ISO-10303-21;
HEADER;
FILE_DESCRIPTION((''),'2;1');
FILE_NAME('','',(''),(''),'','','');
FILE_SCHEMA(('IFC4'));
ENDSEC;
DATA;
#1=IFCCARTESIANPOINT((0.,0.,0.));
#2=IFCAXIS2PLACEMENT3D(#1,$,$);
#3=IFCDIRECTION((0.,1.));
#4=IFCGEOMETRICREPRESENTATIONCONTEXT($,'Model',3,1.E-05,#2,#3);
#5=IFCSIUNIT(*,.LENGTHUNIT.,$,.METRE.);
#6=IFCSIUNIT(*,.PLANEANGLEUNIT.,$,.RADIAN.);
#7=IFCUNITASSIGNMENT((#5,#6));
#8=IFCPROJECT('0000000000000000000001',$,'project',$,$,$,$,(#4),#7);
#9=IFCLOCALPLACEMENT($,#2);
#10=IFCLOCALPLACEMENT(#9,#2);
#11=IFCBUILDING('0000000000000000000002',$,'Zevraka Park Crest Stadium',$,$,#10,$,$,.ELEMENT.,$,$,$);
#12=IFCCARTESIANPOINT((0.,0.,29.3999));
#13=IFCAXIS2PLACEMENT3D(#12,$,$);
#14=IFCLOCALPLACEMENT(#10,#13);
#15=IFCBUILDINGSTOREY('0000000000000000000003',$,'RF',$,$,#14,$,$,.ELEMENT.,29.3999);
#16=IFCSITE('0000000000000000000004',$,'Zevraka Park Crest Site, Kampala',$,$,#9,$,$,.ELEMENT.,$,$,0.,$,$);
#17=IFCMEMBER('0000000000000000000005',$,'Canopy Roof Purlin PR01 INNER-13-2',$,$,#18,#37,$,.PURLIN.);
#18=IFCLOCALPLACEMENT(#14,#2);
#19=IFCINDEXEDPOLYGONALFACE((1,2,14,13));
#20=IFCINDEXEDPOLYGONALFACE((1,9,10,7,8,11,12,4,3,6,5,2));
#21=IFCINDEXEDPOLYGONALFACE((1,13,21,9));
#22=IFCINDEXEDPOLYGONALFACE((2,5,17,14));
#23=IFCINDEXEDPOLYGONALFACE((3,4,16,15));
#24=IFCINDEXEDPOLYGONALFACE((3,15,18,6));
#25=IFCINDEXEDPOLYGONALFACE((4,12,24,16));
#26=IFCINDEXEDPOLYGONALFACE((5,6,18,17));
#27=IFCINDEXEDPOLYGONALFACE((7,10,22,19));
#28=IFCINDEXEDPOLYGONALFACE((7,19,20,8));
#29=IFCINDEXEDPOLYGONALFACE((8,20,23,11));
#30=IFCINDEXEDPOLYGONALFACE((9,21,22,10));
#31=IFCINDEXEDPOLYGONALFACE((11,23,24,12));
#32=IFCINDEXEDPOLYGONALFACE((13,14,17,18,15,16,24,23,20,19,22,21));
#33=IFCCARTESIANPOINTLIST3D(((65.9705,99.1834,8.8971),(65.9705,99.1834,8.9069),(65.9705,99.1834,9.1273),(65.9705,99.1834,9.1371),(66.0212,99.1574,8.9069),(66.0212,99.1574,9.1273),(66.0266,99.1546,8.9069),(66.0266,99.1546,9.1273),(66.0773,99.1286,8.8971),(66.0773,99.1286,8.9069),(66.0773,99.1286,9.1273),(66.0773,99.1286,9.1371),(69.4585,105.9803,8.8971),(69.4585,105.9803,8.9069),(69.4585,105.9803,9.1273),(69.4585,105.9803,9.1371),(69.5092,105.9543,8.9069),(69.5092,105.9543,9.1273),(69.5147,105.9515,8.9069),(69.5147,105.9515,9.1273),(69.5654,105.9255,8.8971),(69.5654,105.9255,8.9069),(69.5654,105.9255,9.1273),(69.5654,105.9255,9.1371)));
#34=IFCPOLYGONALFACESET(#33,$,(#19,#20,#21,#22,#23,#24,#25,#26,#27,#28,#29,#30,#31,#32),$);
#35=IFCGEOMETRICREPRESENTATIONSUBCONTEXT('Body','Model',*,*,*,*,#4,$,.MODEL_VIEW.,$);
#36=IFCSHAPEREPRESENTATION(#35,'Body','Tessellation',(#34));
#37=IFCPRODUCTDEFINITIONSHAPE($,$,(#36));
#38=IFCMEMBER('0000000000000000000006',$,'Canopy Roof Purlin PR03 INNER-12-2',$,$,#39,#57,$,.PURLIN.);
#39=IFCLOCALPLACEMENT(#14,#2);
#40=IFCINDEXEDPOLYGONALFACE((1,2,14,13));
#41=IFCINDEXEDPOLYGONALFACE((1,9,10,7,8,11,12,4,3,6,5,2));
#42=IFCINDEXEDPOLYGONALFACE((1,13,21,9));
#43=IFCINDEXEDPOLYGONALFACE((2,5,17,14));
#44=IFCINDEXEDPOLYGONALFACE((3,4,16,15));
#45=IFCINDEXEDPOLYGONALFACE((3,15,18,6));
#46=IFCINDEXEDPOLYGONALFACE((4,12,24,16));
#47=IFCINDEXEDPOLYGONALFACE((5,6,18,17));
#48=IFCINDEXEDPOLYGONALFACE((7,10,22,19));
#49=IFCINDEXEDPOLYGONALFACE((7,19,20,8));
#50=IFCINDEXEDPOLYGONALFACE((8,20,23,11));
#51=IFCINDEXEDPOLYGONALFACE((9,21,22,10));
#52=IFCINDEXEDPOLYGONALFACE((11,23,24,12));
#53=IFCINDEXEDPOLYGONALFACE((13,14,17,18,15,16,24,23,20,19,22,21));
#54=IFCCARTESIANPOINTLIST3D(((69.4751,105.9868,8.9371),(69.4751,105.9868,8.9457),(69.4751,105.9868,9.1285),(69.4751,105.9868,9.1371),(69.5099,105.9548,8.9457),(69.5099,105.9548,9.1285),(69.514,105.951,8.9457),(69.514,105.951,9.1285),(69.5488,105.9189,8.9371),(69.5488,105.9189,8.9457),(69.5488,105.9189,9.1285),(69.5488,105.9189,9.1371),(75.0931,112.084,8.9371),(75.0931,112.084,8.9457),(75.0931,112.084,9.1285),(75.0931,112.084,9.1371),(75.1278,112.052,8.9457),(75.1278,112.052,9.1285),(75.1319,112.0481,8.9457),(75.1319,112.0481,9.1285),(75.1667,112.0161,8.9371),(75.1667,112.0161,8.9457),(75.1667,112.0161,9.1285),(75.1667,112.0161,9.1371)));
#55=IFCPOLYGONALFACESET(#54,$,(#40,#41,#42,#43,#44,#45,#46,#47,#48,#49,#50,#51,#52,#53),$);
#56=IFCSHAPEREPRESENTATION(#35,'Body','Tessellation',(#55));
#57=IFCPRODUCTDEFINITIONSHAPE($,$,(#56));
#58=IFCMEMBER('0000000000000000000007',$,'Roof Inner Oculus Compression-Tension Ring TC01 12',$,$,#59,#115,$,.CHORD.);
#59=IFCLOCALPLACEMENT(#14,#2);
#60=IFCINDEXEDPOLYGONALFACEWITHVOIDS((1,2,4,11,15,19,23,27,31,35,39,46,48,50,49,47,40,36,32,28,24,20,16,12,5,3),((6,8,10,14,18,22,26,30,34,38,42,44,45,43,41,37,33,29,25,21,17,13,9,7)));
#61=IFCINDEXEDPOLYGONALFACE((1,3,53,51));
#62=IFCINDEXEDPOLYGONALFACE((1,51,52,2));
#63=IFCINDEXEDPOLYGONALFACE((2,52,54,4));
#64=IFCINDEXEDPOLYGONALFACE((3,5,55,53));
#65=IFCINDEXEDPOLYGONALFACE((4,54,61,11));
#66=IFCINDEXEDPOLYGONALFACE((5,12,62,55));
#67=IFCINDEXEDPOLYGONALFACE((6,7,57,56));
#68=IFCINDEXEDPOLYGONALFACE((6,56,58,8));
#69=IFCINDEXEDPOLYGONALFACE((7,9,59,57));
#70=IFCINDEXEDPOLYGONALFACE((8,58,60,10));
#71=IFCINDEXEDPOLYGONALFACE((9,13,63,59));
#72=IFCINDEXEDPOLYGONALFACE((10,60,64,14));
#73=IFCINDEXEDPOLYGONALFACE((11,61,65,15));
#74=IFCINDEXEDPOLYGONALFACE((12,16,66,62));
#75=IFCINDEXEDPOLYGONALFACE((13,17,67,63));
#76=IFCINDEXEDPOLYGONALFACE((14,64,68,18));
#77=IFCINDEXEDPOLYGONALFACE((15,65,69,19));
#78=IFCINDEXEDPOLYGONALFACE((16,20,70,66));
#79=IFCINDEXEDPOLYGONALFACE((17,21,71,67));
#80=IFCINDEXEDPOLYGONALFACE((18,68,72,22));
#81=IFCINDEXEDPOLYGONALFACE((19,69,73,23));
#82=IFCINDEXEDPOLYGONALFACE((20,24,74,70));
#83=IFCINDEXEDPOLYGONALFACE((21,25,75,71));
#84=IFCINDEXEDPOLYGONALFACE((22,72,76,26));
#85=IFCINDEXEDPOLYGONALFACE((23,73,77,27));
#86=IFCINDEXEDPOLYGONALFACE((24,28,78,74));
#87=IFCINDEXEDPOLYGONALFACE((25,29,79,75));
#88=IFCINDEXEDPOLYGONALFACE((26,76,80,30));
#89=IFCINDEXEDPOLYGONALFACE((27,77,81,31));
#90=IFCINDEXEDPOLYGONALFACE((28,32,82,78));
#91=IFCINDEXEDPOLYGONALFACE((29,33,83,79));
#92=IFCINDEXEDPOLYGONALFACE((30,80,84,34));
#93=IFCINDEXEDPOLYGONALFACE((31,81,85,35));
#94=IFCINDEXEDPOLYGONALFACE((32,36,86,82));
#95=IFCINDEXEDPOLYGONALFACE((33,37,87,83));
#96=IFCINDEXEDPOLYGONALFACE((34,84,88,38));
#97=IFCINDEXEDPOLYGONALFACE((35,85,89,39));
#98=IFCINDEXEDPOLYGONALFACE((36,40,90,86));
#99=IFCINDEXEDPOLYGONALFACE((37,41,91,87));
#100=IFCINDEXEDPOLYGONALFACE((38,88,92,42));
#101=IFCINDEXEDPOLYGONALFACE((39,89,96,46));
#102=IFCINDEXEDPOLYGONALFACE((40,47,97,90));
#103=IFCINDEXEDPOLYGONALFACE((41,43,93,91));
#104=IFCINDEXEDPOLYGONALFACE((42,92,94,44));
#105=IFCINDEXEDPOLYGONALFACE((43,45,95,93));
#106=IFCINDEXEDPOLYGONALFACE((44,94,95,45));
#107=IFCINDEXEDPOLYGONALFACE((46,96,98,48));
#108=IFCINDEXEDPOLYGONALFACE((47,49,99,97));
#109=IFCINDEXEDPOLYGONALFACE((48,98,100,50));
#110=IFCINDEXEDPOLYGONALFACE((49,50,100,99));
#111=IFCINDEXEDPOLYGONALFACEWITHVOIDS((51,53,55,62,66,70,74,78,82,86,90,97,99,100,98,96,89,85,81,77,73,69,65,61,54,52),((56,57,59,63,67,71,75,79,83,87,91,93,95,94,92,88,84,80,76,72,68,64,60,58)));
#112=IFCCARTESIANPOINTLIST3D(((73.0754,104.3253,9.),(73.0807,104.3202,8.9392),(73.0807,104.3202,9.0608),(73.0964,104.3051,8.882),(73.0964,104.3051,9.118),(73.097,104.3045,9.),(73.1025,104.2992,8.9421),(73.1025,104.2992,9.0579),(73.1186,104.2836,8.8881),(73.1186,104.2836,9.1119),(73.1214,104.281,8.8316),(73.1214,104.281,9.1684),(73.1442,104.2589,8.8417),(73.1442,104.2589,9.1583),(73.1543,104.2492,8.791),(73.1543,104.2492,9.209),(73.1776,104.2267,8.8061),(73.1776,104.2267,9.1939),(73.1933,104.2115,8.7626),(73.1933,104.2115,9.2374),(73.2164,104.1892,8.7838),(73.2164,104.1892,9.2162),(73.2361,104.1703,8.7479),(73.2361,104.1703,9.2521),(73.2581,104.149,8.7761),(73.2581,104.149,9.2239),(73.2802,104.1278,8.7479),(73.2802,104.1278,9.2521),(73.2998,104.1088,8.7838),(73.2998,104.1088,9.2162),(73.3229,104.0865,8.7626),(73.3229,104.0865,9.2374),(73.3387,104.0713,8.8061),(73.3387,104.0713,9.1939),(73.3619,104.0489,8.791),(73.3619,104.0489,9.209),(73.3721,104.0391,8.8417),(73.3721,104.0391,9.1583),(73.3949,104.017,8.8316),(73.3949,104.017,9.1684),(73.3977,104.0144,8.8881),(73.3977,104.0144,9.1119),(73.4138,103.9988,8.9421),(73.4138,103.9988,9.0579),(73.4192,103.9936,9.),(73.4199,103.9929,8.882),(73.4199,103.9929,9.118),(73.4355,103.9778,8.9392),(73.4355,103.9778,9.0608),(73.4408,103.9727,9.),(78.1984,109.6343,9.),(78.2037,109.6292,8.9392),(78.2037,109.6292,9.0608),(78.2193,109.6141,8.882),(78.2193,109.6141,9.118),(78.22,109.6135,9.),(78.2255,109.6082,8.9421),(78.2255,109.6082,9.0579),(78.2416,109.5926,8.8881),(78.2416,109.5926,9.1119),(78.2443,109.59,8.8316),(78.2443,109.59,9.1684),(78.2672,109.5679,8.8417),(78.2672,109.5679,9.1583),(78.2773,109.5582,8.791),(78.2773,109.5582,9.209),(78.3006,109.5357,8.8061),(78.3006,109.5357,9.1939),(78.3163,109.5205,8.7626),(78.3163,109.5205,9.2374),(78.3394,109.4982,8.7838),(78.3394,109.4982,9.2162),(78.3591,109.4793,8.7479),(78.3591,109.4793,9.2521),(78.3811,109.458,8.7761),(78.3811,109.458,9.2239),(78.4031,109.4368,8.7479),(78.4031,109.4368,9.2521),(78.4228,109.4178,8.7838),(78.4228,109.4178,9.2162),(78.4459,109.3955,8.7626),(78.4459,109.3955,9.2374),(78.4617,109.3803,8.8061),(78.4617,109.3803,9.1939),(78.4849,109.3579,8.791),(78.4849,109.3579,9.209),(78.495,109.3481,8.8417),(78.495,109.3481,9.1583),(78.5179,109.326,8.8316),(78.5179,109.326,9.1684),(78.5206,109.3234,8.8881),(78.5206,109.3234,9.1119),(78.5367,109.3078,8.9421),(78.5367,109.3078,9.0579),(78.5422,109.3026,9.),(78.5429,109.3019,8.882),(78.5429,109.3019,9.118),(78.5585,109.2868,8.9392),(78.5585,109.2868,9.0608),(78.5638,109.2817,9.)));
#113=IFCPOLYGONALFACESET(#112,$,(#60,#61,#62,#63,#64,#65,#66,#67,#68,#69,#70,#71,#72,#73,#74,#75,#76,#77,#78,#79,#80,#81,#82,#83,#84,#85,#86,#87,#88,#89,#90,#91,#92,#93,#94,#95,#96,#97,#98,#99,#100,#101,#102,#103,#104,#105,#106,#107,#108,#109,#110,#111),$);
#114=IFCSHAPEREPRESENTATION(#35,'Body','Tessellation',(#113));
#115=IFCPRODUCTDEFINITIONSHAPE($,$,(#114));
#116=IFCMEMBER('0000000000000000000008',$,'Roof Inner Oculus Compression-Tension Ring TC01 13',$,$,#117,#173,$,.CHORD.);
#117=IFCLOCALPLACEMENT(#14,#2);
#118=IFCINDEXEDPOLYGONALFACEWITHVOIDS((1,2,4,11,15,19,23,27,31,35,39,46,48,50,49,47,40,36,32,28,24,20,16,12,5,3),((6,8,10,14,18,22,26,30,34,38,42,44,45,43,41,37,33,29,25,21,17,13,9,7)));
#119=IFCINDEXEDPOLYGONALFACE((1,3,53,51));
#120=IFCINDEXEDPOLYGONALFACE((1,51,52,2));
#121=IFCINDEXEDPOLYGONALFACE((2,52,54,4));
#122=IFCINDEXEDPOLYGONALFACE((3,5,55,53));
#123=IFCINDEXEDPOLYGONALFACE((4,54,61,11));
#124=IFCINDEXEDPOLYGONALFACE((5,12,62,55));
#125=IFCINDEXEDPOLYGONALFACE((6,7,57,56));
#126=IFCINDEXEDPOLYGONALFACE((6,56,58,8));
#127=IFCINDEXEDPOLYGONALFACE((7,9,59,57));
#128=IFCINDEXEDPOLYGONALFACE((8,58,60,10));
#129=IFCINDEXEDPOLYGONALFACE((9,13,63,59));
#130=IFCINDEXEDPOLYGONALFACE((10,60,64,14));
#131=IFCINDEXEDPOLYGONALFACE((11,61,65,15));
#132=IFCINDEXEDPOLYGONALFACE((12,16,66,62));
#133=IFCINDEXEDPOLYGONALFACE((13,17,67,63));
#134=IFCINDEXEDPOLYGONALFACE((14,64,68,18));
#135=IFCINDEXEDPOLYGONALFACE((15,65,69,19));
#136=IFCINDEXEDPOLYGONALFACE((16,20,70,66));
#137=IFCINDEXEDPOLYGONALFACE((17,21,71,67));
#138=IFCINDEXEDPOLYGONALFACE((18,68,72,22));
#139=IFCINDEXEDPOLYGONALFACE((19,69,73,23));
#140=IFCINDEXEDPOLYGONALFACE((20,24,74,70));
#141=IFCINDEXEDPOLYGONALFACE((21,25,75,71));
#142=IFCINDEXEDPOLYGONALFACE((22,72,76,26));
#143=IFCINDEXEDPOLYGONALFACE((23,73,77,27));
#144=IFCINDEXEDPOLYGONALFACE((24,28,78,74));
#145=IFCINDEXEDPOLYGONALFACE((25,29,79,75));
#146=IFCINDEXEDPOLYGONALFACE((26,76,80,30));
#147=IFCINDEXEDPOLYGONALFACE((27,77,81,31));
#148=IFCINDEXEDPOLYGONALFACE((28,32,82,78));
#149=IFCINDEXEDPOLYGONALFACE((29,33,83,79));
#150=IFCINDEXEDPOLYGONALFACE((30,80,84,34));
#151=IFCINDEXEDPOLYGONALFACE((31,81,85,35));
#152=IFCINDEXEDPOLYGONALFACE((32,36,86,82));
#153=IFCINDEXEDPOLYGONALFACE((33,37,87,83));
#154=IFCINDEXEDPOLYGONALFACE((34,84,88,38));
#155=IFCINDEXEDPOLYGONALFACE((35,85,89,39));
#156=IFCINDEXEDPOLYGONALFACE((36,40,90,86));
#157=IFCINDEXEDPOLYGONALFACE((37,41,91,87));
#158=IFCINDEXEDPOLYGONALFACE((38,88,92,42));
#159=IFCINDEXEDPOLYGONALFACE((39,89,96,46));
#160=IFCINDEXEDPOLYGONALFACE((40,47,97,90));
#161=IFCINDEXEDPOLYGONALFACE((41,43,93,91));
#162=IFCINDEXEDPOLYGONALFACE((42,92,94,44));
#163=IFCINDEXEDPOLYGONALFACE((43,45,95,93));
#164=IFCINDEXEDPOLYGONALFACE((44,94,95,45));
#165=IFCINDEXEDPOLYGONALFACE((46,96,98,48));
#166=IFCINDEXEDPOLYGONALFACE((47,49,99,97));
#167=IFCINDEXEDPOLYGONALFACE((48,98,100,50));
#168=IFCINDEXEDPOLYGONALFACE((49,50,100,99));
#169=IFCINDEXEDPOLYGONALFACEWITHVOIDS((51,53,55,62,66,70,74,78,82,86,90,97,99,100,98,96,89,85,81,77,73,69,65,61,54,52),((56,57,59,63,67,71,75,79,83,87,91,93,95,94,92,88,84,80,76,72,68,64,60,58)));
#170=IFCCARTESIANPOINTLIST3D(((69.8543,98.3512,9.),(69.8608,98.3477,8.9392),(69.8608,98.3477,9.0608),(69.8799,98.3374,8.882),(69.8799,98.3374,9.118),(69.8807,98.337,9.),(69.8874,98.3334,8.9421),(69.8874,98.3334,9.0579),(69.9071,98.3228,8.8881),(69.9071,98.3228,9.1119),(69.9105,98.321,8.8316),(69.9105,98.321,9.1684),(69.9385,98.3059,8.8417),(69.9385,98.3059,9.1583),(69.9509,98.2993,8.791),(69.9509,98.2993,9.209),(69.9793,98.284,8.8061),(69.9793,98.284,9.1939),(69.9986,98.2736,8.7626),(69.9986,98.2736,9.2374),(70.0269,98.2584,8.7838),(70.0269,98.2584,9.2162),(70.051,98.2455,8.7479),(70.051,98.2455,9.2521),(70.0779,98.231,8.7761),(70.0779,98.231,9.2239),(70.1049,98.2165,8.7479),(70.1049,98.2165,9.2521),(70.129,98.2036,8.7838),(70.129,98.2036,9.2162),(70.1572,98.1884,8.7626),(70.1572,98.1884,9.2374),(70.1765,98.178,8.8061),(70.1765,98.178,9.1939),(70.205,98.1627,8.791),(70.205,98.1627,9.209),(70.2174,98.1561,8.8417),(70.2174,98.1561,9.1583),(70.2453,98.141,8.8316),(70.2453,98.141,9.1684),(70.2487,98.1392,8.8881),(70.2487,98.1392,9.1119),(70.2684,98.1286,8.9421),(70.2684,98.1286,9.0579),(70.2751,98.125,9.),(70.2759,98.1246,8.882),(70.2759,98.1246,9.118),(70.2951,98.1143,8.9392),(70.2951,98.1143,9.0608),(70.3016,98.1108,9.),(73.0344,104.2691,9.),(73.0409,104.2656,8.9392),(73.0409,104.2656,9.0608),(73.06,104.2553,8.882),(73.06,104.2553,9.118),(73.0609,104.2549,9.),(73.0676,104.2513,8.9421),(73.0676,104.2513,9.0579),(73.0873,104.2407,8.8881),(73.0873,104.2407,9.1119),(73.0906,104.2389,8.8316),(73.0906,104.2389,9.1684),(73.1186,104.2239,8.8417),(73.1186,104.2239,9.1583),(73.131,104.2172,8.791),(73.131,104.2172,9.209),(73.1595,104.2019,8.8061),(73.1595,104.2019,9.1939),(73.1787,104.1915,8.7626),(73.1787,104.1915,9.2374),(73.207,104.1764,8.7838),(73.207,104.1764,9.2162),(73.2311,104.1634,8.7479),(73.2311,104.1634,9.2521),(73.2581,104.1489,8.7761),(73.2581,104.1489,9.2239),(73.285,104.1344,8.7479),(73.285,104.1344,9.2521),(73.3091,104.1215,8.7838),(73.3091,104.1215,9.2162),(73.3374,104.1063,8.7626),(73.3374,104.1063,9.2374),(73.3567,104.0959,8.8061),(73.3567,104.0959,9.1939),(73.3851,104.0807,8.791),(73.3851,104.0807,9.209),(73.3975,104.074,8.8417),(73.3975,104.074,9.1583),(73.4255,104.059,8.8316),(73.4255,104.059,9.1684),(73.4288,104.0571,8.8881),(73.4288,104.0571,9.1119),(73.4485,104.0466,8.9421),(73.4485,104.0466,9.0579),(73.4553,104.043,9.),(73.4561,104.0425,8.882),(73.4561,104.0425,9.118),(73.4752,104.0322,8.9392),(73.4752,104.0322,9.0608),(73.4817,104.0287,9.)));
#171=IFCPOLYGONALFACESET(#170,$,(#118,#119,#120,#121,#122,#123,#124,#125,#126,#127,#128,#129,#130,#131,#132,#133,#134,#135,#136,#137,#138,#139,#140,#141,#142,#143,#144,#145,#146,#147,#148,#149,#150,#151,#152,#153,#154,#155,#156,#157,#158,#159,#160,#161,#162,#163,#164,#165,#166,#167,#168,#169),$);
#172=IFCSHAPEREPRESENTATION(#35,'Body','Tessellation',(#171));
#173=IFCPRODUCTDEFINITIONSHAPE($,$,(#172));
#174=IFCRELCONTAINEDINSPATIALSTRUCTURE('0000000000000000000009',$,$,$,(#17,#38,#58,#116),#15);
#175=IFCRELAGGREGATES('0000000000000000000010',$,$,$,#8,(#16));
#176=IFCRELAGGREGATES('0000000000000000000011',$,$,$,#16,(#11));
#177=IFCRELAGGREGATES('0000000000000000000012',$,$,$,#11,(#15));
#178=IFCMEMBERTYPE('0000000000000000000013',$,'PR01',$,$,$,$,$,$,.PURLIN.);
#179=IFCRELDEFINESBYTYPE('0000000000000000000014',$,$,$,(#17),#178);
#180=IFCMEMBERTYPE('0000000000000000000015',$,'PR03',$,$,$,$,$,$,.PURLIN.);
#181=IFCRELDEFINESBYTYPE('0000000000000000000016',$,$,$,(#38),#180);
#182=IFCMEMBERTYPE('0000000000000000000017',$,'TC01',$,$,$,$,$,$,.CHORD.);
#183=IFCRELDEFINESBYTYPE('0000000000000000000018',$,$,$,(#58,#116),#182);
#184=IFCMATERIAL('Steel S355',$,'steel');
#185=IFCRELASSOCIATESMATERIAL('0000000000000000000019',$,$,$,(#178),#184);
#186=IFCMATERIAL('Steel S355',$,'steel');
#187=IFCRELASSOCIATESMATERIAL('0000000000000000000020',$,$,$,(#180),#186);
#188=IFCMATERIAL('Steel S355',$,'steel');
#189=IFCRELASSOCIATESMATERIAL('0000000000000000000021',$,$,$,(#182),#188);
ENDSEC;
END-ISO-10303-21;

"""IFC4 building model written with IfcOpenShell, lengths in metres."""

from ifc_helpers import new_model, si_unit, direction, frame, origin, origin_2d, place, context, subcontext, project, spatial, hollow_circle, i_section, extrude, material, material_profile, profile_set, type_object, element, save


model = new_model("IFC4")

# Units and contexts
model_context = context("Model", 3, precision=1e-05, world=origin(), true_north=direction((0.0, 1.0)))
body_context = subcontext(model_context, "Body", "Model", "MODEL_VIEW")
ifc_project = project(units=[si_unit("LENGTHUNIT", "METRE"), si_unit("PLANEANGLEUNIT", "RADIAN")], contexts=[model_context])

# Site, building, storey
site_placement = place(None, origin())
site = spatial("IfcSite", under=ifc_project, at=site_placement, Name="Zevraka Park Crest Site, Kampala", CompositionType="ELEMENT", RefElevation=0.0)
building_placement = place(site_placement, origin())
building = spatial("IfcBuilding", under=site, at=building_placement, Name="Zevraka Park Crest Stadium", CompositionType="ELEMENT")
storey_placement = place(building_placement, frame((0.0, 0.0, 29.3999)))
storey = spatial("IfcBuildingStorey", under=building, at=storey_placement, Name="RF", CompositionType="ELEMENT", Elevation=29.3999)

# Members
ifc_material_1 = material(Name="Steel S355", Category="steel")
ifc_material_profile_1 = material_profile(ifc_material_1, i_section(OverallWidth=0.1201, OverallDepth=0.24, WebThickness=0.0061, FlangeThickness=0.0098, at=origin_2d()), Name="IPE 240")
ifc_profile_set_1 = profile_set([ifc_material_profile_1], Name="Steel S355")
member_type_1 = type_object("IfcMemberType", Name="PR01", PredefinedType="PURLIN", material=ifc_profile_set_1)
member_1_placement = place(storey_placement, frame((69.512, 105.9529, 9.0171), z_axis=(-0.456572, -0.889687, 0.0), x_axis=(0.889687, -0.456572, 0.0)))
element("IfcMember", 1, at=member_1_placement, inside=storey, type_object=member_type_1, Name="Canopy Roof Purlin PR01 INNER-13-2", PredefinedType="PURLIN", context=body_context, shape_type="SweptSolid", body=[
    extrude(i_section(OverallWidth=0.1201, OverallDepth=0.24, WebThickness=0.0061, FlangeThickness=0.0098, at=origin_2d()), origin(), (0.0, 0.0, 1.0), 7.6396),
])
ifc_material_2 = material(Name="Steel S355", Category="steel")
ifc_material_profile_2 = material_profile(ifc_material_2, i_section(OverallWidth=0.1001, OverallDepth=0.2, WebThickness=0.0056, FlangeThickness=0.0085, at=origin_2d()), Name="IPE 200")
ifc_profile_set_2 = profile_set([ifc_material_profile_2], Name="Steel S355")
member_type_2 = type_object("IfcMemberType", Name="PR03", PredefinedType="PURLIN", material=ifc_profile_set_2)
member_2_placement = place(storey_placement, frame((75.1299, 112.05, 9.0371), z_axis=(-0.677613, -0.735418, 0.0), x_axis=(0.735418, -0.677613, 0.0)))
element("IfcMember", 2, at=member_2_placement, inside=storey, type_object=member_type_2, Name="Canopy Roof Purlin PR03 INNER-12-2", PredefinedType="PURLIN", context=body_context, shape_type="SweptSolid", body=[
    extrude(i_section(OverallWidth=0.1001, OverallDepth=0.2, WebThickness=0.0056, FlangeThickness=0.0085, at=origin_2d()), origin(), (0.0, 0.0, 1.0), 8.2908),
])
ifc_material_3 = material(Name="Steel S355", Category="steel")
ifc_material_profile_3 = material_profile(ifc_material_3, hollow_circle(Radius=0.2539, WallThickness=0.03, at=origin_2d()), Name="CHS 508.0x30")
ifc_profile_set_3 = profile_set([ifc_material_profile_3], Name="Steel S355")
member_type_3 = type_object("IfcMemberType", Name="TC01", PredefinedType="CHORD", material=ifc_profile_set_3)
member_3_placement = place(storey_placement, frame((78.3811, 109.458, 9.0), z_axis=(-0.694387, -0.719602, 0.0), x_axis=(0.719602, -0.694387, 0.0)))
element("IfcMember", 3, at=member_3_placement, inside=storey, type_object=member_type_3, Name="Roof Inner Oculus Compression-Tension Ring TC01 12", PredefinedType="CHORD", context=body_context, shape_type="SweptSolid", body=[
    extrude(hollow_circle(Radius=0.2539, WallThickness=0.03, at=origin_2d()), origin(), (0.0, 0.0, 1.0), 7.3777),
])
member_4_placement = place(storey_placement, frame((73.2581, 104.1489, 9.0), z_axis=(-0.473359, -0.88087, 0.0), x_axis=(0.88087, -0.473359, 0.0)))
element("IfcMember", 4, at=member_4_placement, inside=storey, type_object=member_type_3, Name="Roof Inner Oculus Compression-Tension Ring TC01 13", PredefinedType="CHORD", context=body_context, shape_type="SweptSolid", body=[
    extrude(hollow_circle(Radius=0.2539, WallThickness=0.03, at=origin_2d()), origin(), (0.0, 0.0, 1.0), 6.7183),
])

save(model, "model.ifc")
